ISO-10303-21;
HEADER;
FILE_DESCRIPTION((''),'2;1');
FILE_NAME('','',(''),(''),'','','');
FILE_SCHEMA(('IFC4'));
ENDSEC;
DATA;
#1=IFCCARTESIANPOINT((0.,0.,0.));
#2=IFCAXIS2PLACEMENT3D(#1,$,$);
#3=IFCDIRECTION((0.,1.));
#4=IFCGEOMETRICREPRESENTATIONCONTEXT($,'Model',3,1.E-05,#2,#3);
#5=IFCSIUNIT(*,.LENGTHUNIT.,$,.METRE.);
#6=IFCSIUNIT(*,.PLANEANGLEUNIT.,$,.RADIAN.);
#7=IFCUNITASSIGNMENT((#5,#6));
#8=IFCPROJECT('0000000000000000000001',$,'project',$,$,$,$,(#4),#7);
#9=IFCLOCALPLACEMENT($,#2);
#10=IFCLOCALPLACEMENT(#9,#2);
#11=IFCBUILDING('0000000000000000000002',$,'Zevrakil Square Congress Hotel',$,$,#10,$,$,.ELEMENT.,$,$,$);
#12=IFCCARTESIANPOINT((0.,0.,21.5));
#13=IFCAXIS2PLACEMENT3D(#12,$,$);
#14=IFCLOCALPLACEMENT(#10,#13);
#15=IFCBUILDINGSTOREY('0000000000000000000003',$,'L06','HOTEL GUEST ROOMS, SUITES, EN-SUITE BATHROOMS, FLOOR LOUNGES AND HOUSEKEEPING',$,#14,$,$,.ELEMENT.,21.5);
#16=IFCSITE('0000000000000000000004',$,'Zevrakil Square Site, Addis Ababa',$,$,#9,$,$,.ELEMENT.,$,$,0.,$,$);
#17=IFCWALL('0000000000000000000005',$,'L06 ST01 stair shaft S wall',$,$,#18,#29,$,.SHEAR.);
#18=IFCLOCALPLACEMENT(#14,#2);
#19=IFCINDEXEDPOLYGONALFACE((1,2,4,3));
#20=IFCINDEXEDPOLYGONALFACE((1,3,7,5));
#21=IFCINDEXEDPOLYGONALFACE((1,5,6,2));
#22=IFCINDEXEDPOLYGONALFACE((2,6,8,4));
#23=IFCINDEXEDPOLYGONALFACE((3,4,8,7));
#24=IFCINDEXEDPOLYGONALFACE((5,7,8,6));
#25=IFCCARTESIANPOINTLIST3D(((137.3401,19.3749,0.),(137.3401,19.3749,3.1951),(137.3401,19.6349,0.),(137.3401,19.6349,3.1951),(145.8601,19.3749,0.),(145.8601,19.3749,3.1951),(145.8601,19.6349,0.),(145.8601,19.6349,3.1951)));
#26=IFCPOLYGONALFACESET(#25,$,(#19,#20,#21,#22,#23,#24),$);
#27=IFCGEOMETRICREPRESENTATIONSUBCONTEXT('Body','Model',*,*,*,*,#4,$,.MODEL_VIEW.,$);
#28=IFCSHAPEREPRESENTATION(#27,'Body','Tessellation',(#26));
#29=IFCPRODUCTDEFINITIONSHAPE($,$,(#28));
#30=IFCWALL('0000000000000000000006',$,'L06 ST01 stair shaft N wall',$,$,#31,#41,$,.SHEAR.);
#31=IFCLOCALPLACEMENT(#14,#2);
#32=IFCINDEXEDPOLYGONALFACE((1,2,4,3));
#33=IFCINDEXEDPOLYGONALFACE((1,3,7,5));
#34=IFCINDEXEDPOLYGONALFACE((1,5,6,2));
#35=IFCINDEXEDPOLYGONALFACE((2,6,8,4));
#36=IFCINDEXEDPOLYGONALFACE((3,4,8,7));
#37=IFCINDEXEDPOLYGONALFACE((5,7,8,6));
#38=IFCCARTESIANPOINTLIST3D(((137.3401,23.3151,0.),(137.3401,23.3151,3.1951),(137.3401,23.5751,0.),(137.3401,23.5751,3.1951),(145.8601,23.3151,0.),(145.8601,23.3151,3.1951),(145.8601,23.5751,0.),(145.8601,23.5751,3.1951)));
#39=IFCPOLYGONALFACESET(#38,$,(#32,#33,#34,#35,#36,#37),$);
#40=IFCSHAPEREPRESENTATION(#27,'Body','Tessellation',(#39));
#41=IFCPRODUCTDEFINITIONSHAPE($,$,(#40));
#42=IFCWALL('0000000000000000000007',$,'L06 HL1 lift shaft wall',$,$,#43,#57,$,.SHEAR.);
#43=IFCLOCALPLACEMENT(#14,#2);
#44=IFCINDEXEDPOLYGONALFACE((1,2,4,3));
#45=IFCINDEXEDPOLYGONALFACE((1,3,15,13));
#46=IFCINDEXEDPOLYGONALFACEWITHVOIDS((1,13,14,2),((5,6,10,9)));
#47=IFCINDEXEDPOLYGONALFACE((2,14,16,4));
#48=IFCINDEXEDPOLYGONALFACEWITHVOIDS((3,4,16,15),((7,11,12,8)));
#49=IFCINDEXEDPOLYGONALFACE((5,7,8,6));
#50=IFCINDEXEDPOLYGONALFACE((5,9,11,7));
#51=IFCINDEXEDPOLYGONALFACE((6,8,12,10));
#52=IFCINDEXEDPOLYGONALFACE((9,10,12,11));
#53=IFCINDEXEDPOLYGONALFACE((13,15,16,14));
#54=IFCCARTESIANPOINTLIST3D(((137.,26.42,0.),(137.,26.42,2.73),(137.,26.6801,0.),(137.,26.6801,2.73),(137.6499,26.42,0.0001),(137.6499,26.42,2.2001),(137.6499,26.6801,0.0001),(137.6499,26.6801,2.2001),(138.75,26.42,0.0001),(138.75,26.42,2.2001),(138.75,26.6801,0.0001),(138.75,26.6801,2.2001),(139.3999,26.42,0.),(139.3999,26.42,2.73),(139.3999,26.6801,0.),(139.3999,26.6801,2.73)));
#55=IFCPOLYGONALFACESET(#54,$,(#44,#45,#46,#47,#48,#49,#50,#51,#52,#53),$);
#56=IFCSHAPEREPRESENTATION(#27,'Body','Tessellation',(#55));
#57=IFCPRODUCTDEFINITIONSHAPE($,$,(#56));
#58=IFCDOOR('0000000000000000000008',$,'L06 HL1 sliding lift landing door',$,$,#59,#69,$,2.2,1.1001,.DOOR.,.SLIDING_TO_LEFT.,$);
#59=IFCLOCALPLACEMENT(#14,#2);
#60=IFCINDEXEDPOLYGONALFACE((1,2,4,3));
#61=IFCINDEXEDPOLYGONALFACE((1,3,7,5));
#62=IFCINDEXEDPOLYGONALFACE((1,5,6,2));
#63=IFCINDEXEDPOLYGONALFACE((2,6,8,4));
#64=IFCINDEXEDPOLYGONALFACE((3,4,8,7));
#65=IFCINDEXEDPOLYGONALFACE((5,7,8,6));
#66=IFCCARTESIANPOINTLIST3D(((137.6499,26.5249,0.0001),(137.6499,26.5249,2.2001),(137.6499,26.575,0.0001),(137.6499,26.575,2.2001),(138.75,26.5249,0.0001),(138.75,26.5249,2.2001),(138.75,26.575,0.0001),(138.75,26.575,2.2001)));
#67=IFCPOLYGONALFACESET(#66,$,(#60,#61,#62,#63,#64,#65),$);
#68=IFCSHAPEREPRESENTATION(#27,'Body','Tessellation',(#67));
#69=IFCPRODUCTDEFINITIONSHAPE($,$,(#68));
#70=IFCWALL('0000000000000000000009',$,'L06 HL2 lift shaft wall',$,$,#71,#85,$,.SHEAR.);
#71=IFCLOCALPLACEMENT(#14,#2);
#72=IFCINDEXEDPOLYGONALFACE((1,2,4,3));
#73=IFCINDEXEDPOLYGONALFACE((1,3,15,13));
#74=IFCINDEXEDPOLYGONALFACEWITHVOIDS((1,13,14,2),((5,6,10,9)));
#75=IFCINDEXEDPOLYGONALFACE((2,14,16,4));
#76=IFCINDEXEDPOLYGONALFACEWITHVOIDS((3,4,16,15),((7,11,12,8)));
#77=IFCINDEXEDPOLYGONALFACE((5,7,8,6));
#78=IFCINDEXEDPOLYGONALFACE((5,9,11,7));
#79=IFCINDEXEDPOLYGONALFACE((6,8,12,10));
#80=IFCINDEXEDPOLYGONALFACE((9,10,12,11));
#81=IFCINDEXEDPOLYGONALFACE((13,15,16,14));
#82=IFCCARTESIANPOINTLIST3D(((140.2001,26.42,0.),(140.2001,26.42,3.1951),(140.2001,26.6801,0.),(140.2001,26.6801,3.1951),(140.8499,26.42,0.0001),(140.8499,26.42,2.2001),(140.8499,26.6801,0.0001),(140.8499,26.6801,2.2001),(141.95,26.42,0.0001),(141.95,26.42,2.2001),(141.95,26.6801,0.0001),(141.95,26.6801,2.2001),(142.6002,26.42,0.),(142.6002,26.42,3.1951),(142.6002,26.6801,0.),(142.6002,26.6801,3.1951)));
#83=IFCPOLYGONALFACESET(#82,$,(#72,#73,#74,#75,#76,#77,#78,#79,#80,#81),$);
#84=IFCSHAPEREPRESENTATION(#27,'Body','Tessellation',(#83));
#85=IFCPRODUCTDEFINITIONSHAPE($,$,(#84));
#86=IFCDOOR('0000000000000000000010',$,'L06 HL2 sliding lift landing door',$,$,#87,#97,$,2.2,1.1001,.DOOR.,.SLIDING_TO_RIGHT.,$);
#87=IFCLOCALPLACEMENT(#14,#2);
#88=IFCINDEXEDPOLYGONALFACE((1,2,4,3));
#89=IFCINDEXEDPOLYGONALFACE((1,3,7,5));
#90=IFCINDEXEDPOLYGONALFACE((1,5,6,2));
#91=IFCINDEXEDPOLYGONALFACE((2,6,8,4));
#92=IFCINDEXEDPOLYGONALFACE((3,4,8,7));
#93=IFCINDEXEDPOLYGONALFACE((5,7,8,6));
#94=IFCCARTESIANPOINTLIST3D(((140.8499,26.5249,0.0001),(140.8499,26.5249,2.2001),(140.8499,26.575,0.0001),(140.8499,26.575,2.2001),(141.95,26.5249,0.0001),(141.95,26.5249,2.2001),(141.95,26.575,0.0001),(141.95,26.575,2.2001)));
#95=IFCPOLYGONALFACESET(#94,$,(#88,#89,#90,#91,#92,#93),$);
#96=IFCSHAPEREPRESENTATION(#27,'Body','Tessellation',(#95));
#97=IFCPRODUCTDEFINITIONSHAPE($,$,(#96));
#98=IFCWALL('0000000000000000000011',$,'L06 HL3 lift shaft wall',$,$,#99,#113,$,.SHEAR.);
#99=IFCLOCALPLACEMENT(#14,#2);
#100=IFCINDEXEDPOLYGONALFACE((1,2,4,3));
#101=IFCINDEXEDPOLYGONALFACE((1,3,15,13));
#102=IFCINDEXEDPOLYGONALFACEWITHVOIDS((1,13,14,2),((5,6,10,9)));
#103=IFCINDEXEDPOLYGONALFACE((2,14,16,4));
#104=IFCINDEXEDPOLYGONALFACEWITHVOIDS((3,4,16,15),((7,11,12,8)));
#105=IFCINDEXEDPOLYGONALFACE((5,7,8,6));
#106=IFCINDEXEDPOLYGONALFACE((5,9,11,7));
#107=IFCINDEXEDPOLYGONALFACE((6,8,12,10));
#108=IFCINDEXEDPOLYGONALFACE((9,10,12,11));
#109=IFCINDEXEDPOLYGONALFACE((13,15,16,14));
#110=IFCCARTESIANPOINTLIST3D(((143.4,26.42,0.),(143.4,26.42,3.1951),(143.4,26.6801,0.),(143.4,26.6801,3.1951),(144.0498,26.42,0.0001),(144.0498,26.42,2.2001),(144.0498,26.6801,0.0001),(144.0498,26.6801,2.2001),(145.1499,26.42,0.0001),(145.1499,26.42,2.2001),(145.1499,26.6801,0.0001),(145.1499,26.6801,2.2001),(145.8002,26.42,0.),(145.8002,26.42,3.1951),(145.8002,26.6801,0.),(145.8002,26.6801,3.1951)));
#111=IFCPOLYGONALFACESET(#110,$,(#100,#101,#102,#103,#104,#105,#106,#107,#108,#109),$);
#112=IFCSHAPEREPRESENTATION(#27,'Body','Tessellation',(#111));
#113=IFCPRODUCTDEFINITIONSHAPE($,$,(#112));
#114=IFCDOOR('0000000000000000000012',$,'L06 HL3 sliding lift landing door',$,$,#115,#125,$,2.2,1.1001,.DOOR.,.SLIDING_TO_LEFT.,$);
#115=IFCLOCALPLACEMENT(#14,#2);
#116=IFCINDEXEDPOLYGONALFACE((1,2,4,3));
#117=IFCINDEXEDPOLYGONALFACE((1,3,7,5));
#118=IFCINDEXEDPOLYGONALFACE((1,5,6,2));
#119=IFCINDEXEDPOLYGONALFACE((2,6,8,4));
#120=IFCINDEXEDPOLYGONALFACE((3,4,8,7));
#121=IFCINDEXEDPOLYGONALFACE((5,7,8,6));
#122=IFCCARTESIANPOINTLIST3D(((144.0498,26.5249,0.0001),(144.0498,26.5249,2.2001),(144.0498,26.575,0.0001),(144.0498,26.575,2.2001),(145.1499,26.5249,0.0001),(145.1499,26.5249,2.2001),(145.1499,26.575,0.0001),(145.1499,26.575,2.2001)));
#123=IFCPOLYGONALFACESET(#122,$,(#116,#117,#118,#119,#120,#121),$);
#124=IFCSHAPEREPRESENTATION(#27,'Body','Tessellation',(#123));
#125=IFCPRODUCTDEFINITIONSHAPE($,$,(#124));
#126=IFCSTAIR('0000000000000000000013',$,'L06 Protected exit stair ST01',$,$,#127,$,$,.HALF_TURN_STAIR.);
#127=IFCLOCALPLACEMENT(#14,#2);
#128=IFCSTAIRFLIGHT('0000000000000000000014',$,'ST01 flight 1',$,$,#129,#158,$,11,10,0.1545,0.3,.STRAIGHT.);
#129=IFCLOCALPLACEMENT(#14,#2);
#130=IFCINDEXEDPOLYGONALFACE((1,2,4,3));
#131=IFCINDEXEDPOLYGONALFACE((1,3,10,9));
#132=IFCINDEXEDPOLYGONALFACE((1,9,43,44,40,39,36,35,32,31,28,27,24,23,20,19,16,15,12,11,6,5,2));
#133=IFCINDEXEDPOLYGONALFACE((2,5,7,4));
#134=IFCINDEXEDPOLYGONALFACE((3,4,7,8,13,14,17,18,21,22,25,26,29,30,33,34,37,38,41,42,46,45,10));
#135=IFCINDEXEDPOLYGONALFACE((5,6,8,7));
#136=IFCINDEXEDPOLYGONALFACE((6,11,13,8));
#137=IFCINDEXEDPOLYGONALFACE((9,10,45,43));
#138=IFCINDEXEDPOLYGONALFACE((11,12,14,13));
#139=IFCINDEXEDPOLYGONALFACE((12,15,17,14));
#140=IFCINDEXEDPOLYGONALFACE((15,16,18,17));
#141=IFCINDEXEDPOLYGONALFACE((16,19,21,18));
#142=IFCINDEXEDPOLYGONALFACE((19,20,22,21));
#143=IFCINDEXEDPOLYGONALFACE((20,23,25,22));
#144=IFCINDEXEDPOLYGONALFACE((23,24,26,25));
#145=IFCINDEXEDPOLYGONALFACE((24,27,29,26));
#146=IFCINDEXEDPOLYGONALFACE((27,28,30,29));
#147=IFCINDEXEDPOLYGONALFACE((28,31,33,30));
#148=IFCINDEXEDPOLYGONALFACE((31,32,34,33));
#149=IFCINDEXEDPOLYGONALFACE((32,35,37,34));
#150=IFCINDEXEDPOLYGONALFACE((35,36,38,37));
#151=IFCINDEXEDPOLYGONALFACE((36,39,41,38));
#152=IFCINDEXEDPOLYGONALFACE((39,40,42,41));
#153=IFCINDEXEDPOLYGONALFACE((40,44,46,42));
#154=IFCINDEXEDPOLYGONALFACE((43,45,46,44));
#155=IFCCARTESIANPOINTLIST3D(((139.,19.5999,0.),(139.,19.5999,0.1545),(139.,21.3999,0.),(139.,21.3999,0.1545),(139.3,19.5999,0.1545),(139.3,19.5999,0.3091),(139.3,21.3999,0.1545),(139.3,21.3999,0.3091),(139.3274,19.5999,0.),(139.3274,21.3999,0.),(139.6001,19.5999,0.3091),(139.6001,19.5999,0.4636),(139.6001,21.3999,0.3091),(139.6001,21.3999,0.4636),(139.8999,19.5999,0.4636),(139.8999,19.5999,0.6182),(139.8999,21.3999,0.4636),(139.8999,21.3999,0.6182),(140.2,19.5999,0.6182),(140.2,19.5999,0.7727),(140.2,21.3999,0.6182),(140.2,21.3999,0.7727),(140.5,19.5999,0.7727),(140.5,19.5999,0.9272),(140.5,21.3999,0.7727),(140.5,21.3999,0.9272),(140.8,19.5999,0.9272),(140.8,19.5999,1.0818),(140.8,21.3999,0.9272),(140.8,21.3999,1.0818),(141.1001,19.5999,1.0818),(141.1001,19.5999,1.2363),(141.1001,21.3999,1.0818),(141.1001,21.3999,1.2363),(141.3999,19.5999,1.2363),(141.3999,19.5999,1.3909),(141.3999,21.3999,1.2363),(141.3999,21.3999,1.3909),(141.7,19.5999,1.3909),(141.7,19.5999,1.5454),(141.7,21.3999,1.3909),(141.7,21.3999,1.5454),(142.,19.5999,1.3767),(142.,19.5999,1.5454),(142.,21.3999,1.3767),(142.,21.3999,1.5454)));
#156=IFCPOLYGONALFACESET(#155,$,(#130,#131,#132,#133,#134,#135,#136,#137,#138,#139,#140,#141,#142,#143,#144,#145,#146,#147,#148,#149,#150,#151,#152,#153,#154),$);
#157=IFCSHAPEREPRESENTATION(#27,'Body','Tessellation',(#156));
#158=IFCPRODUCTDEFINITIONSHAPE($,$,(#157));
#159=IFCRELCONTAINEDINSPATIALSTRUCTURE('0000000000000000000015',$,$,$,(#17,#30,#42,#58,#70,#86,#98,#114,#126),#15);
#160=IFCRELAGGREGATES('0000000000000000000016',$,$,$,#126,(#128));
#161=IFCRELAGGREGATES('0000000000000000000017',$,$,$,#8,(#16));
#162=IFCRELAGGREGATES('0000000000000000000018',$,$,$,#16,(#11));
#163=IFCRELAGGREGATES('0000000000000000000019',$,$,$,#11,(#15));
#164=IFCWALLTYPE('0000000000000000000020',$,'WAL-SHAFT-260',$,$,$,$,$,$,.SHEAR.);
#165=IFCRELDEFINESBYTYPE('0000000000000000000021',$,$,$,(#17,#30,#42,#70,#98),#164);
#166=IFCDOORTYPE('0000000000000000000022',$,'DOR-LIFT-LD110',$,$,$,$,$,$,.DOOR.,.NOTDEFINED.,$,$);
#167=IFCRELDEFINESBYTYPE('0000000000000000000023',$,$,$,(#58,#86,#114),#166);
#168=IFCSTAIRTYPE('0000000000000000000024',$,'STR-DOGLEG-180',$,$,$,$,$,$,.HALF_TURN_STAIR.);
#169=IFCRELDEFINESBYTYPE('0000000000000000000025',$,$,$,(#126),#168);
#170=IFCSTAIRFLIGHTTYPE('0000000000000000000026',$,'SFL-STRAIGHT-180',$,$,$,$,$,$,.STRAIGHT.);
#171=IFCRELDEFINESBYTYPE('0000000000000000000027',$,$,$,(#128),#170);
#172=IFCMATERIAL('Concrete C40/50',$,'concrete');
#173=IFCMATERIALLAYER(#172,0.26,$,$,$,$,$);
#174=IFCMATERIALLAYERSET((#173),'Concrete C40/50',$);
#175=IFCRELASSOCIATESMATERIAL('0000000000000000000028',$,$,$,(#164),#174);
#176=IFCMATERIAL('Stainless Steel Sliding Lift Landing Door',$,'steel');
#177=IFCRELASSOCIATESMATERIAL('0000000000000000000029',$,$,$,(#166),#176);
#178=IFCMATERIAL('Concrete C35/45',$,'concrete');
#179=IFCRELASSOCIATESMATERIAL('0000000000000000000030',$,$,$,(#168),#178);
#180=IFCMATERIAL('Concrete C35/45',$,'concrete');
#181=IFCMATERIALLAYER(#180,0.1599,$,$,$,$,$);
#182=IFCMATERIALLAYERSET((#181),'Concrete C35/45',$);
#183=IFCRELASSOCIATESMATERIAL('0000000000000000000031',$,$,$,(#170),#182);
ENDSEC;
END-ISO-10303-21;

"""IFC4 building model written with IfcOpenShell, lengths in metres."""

from ifc_helpers import new_model, si_unit, direction, frame, frame_2d, origin, place, context, subcontext, project, spatial, polyline, rectangle, outline, extrude, material, layer, layer_set, type_object, element, fill, aggregate, save


model = new_model("IFC4")

# Units and contexts
model_context = context("Model", 3, precision=1e-05, world=origin(), true_north=direction((0.0, 1.0)))
body_context = subcontext(model_context, "Body", "Model", "MODEL_VIEW")
ifc_project = project(units=[si_unit("LENGTHUNIT", "METRE"), si_unit("PLANEANGLEUNIT", "RADIAN")], contexts=[model_context])

# Site, building, storey
site_placement = place(None, origin())
site = spatial("IfcSite", under=ifc_project, at=site_placement, Name="Zevrakil Square Site, Addis Ababa", CompositionType="ELEMENT", RefElevation=0.0)
building_placement = place(site_placement, origin())
building = spatial("IfcBuilding", under=site, at=building_placement, Name="Zevrakil Square Congress Hotel", CompositionType="ELEMENT")
storey_placement = place(building_placement, frame((0.0, 0.0, 21.5)))
storey = spatial("IfcBuildingStorey", under=building, at=storey_placement, Name="L06", Description="HOTEL GUEST ROOMS, SUITES, EN-SUITE BATHROOMS, FLOOR LOUNGES AND HOUSEKEEPING", CompositionType="ELEMENT", Elevation=21.5)

# Shared definitions
ifc_material_1 = material(Name="Concrete C40/50", Category="concrete")
ifc_layer_1 = layer(ifc_material_1, 0.26)
ifc_layer_set_1 = layer_set([ifc_layer_1], Name="Concrete C40/50")
wall_type_1 = type_object("IfcWallType", Name="WAL-SHAFT-260", PredefinedType="SHEAR", material=ifc_layer_set_1)

# Walls
for number, where, z_axis, x_axis, name in (
    (1, (137.3401, 19.5049, 0.0), (0.0, 0.0, 1.0), (1.0, 0.0, 0.0), "L06 ST01 stair shaft S wall"),
    (2, (137.3401, 23.4451, 0.0), (0.0, 0.0, 1.0), (1.0, 0.0, 0.0), "L06 ST01 stair shaft N wall"),
):
    element("IfcWall", number, at=place(storey_placement, frame(where, z_axis=z_axis, x_axis=x_axis)), inside=storey, type_object=wall_type_1, Name=name, PredefinedType="SHEAR", context=body_context, shape_type="SweptSolid", body=[
        extrude(rectangle(XDim=8.52, YDim=0.26, at=frame_2d((4.26, 0.0))), origin(), (0.0, 0.0, 1.0), 3.1951),
    ])

# Walls, openings, doors
wall_1_placement = place(storey_placement, frame((137.0, 26.55, 0.0), z_axis=(0.0, 0.0, 1.0), x_axis=(1.0, 0.0, 0.0)))
wall_1 = element("IfcWall", 3, at=wall_1_placement, inside=storey, type_object=wall_type_1, Name="L06 HL1 lift shaft wall", PredefinedType="SHEAR", context=body_context, shape_type="SweptSolid", body=[
    extrude(rectangle(XDim=2.3999, YDim=0.26, at=frame_2d((1.2, 0.0))), origin(), (0.0, 0.0, 1.0), 2.73),
])
opening_1_placement = place(wall_1_placement, frame((0.6499, 0.0, 0.0)))
opening_1 = element("IfcOpeningElement", 4, at=opening_1_placement, cuts=wall_1, PredefinedType="OPENING", context=body_context, shape_type="SweptSolid", body=[
    extrude(rectangle(XDim=1.1001, YDim=2.2, at=frame_2d((0.55, 1.1001))), frame((0.0, 0.1401, 0.0), z_axis=(0.0, -1.0, 0.0), x_axis=(1.0, 0.0, 0.0)), (0.0, 0.0, 1.0), 0.28),
])
ifc_material_2 = material(Name="Stainless Steel Sliding Lift Landing Door", Category="steel")
door_type_1 = type_object("IfcDoorType", Name="DOR-LIFT-LD110", OperationType="NOTDEFINED", PredefinedType="DOOR", material=ifc_material_2)
door_1_placement = place(opening_1_placement, origin())
door_1 = element("IfcDoor", 5, at=door_1_placement, inside=storey, type_object=door_type_1, Name="L06 HL1 sliding lift landing door", OperationType="SLIDING_TO_LEFT", OverallHeight=2.2, OverallWidth=1.1001, PredefinedType="DOOR", context=body_context, shape_type="SweptSolid", body=[
    extrude(rectangle(XDim=1.1001, YDim=2.2, at=frame_2d((0.55, 1.1001))), frame((0.0, 0.0249, 0.0), z_axis=(0.0, -1.0, 0.0), x_axis=(1.0, 0.0, 0.0)), (0.0, 0.0, 1.0), 0.05),
])
fill(opening_1, door_1)
wall_2_placement = place(storey_placement, frame((140.2, 26.55, 0.0), z_axis=(0.0, 0.0, 1.0), x_axis=(1.0, 0.0, 0.0)))
wall_2 = element("IfcWall", 6, at=wall_2_placement, inside=storey, type_object=wall_type_1, Name="L06 HL2 lift shaft wall", PredefinedType="SHEAR", context=body_context, shape_type="SweptSolid", body=[
    extrude(rectangle(XDim=2.4001, YDim=0.26, at=frame_2d((1.2002, 0.0))), origin(), (0.0, 0.0, 1.0), 3.1951),
])
opening_2_placement = place(wall_2_placement, frame((0.6499, 0.0, 0.0)))
opening_2 = element("IfcOpeningElement", 7, at=opening_2_placement, cuts=wall_2, PredefinedType="OPENING", context=body_context, shape_type="SweptSolid", body=[
    extrude(rectangle(XDim=1.1001, YDim=2.2, at=frame_2d((0.55, 1.1001))), frame((0.0, 0.1401, 0.0), z_axis=(0.0, -1.0, 0.0), x_axis=(1.0, 0.0, 0.0)), (0.0, 0.0, 1.0), 0.28),
])
door_2_placement = place(opening_2_placement, origin())
door_2 = element("IfcDoor", 8, at=door_2_placement, inside=storey, type_object=door_type_1, Name="L06 HL2 sliding lift landing door", OperationType="SLIDING_TO_RIGHT", OverallHeight=2.2, OverallWidth=1.1001, PredefinedType="DOOR", context=body_context, shape_type="SweptSolid", body=[
    extrude(rectangle(XDim=1.1001, YDim=2.2, at=frame_2d((0.55, 1.1001))), frame((0.0, 0.0249, 0.0), z_axis=(0.0, -1.0, 0.0), x_axis=(1.0, 0.0, 0.0)), (0.0, 0.0, 1.0), 0.05),
])
fill(opening_2, door_2)
wall_3_placement = place(storey_placement, frame((143.3999, 26.55, 0.0), z_axis=(0.0, 0.0, 1.0), x_axis=(1.0, 0.0, 0.0)))
wall_3 = element("IfcWall", 9, at=wall_3_placement, inside=storey, type_object=wall_type_1, Name="L06 HL3 lift shaft wall", PredefinedType="SHEAR", context=body_context, shape_type="SweptSolid", body=[
    extrude(rectangle(XDim=2.4001, YDim=0.26, at=frame_2d((1.2002, 0.0))), origin(), (0.0, 0.0, 1.0), 3.1951),
])
opening_3_placement = place(wall_3_placement, frame((0.6499, 0.0, 0.0)))
opening_3 = element("IfcOpeningElement", 10, at=opening_3_placement, cuts=wall_3, PredefinedType="OPENING", context=body_context, shape_type="SweptSolid", body=[
    extrude(rectangle(XDim=1.1001, YDim=2.2, at=frame_2d((0.55, 1.1001))), frame((0.0, 0.1401, 0.0), z_axis=(0.0, -1.0, 0.0), x_axis=(1.0, 0.0, 0.0)), (0.0, 0.0, 1.0), 0.28),
])
door_3_placement = place(opening_3_placement, origin())
door_3 = element("IfcDoor", 11, at=door_3_placement, inside=storey, type_object=door_type_1, Name="L06 HL3 sliding lift landing door", OperationType="SLIDING_TO_LEFT", OverallHeight=2.2, OverallWidth=1.1001, PredefinedType="DOOR", context=body_context, shape_type="SweptSolid", body=[
    extrude(rectangle(XDim=1.1001, YDim=2.2, at=frame_2d((0.55, 1.1001))), frame((0.0, 0.0249, 0.0), z_axis=(0.0, -1.0, 0.0), x_axis=(1.0, 0.0, 0.0)), (0.0, 0.0, 1.0), 0.05),
])
fill(opening_3, door_3)

# Stair, stair flight
ifc_material_3 = material(Name="Concrete C35/45", Category="concrete")
stair_type = type_object("IfcStairType", Name="STR-DOGLEG-180", PredefinedType="HALF_TURN_STAIR", material=ifc_material_3)
stair_placement = place(storey_placement, origin())
stair = element("IfcStair", 12, at=stair_placement, inside=storey, type_object=stair_type, Name="L06 Protected exit stair ST01", PredefinedType="HALF_TURN_STAIR")
ifc_material_4 = material(Name="Concrete C35/45", Category="concrete")
ifc_layer_2 = layer(ifc_material_4, 0.1599)
ifc_layer_set_2 = layer_set([ifc_layer_2], Name="Concrete C35/45")
stair_flight_type = type_object("IfcStairFlightType", Name="SFL-STRAIGHT-180", PredefinedType="STRAIGHT", material=ifc_layer_set_2)
stair_flight_1_placement = place(storey_placement, frame((139.0, 20.5, 0.0), z_axis=(0.0, 0.0, 1.0), x_axis=(1.0, 0.0, 0.0)))
stair_flight_1 = element("IfcStairFlight", 13, at=stair_flight_1_placement, type_object=stair_flight_type, Name="ST01 flight 1", NumberOfRisers=11, NumberOfTreads=10, PredefinedType="STRAIGHT", RiserHeight=0.1545, TreadLength=0.3, context=body_context, shape_type="SweptSolid", body=[
    extrude(outline(polyline([(0.0, 0.0), (0.0, 0.1545), (0.3, 0.1545), (0.3, 0.3091), (0.6001, 0.3091), (0.6001, 0.4636), (0.8999, 0.4636), (0.8999, 0.6182), (1.2, 0.6182), (1.2, 0.7727), (1.5, 0.7727), (1.5, 0.9272), (1.8, 0.9272), (1.8, 1.0818), (2.1001, 1.0818), (2.1001, 1.2363), (2.3999, 1.2363), (2.3999, 1.3909), (2.7, 1.3909), (2.7, 1.5454), (3.0, 1.5454), (3.0, 1.7), (3.0, 1.3767), (0.3274, 0.0), (0.0, 0.0)])), frame((0.0, 0.8999, 0.0), z_axis=(0.0, -1.0, 0.0), x_axis=(1.0, 0.0, 0.0)), (0.0, 0.0, 1.0), 1.8),
])
aggregate(stair, [stair_flight_1])

save(model, "model.ifc")
